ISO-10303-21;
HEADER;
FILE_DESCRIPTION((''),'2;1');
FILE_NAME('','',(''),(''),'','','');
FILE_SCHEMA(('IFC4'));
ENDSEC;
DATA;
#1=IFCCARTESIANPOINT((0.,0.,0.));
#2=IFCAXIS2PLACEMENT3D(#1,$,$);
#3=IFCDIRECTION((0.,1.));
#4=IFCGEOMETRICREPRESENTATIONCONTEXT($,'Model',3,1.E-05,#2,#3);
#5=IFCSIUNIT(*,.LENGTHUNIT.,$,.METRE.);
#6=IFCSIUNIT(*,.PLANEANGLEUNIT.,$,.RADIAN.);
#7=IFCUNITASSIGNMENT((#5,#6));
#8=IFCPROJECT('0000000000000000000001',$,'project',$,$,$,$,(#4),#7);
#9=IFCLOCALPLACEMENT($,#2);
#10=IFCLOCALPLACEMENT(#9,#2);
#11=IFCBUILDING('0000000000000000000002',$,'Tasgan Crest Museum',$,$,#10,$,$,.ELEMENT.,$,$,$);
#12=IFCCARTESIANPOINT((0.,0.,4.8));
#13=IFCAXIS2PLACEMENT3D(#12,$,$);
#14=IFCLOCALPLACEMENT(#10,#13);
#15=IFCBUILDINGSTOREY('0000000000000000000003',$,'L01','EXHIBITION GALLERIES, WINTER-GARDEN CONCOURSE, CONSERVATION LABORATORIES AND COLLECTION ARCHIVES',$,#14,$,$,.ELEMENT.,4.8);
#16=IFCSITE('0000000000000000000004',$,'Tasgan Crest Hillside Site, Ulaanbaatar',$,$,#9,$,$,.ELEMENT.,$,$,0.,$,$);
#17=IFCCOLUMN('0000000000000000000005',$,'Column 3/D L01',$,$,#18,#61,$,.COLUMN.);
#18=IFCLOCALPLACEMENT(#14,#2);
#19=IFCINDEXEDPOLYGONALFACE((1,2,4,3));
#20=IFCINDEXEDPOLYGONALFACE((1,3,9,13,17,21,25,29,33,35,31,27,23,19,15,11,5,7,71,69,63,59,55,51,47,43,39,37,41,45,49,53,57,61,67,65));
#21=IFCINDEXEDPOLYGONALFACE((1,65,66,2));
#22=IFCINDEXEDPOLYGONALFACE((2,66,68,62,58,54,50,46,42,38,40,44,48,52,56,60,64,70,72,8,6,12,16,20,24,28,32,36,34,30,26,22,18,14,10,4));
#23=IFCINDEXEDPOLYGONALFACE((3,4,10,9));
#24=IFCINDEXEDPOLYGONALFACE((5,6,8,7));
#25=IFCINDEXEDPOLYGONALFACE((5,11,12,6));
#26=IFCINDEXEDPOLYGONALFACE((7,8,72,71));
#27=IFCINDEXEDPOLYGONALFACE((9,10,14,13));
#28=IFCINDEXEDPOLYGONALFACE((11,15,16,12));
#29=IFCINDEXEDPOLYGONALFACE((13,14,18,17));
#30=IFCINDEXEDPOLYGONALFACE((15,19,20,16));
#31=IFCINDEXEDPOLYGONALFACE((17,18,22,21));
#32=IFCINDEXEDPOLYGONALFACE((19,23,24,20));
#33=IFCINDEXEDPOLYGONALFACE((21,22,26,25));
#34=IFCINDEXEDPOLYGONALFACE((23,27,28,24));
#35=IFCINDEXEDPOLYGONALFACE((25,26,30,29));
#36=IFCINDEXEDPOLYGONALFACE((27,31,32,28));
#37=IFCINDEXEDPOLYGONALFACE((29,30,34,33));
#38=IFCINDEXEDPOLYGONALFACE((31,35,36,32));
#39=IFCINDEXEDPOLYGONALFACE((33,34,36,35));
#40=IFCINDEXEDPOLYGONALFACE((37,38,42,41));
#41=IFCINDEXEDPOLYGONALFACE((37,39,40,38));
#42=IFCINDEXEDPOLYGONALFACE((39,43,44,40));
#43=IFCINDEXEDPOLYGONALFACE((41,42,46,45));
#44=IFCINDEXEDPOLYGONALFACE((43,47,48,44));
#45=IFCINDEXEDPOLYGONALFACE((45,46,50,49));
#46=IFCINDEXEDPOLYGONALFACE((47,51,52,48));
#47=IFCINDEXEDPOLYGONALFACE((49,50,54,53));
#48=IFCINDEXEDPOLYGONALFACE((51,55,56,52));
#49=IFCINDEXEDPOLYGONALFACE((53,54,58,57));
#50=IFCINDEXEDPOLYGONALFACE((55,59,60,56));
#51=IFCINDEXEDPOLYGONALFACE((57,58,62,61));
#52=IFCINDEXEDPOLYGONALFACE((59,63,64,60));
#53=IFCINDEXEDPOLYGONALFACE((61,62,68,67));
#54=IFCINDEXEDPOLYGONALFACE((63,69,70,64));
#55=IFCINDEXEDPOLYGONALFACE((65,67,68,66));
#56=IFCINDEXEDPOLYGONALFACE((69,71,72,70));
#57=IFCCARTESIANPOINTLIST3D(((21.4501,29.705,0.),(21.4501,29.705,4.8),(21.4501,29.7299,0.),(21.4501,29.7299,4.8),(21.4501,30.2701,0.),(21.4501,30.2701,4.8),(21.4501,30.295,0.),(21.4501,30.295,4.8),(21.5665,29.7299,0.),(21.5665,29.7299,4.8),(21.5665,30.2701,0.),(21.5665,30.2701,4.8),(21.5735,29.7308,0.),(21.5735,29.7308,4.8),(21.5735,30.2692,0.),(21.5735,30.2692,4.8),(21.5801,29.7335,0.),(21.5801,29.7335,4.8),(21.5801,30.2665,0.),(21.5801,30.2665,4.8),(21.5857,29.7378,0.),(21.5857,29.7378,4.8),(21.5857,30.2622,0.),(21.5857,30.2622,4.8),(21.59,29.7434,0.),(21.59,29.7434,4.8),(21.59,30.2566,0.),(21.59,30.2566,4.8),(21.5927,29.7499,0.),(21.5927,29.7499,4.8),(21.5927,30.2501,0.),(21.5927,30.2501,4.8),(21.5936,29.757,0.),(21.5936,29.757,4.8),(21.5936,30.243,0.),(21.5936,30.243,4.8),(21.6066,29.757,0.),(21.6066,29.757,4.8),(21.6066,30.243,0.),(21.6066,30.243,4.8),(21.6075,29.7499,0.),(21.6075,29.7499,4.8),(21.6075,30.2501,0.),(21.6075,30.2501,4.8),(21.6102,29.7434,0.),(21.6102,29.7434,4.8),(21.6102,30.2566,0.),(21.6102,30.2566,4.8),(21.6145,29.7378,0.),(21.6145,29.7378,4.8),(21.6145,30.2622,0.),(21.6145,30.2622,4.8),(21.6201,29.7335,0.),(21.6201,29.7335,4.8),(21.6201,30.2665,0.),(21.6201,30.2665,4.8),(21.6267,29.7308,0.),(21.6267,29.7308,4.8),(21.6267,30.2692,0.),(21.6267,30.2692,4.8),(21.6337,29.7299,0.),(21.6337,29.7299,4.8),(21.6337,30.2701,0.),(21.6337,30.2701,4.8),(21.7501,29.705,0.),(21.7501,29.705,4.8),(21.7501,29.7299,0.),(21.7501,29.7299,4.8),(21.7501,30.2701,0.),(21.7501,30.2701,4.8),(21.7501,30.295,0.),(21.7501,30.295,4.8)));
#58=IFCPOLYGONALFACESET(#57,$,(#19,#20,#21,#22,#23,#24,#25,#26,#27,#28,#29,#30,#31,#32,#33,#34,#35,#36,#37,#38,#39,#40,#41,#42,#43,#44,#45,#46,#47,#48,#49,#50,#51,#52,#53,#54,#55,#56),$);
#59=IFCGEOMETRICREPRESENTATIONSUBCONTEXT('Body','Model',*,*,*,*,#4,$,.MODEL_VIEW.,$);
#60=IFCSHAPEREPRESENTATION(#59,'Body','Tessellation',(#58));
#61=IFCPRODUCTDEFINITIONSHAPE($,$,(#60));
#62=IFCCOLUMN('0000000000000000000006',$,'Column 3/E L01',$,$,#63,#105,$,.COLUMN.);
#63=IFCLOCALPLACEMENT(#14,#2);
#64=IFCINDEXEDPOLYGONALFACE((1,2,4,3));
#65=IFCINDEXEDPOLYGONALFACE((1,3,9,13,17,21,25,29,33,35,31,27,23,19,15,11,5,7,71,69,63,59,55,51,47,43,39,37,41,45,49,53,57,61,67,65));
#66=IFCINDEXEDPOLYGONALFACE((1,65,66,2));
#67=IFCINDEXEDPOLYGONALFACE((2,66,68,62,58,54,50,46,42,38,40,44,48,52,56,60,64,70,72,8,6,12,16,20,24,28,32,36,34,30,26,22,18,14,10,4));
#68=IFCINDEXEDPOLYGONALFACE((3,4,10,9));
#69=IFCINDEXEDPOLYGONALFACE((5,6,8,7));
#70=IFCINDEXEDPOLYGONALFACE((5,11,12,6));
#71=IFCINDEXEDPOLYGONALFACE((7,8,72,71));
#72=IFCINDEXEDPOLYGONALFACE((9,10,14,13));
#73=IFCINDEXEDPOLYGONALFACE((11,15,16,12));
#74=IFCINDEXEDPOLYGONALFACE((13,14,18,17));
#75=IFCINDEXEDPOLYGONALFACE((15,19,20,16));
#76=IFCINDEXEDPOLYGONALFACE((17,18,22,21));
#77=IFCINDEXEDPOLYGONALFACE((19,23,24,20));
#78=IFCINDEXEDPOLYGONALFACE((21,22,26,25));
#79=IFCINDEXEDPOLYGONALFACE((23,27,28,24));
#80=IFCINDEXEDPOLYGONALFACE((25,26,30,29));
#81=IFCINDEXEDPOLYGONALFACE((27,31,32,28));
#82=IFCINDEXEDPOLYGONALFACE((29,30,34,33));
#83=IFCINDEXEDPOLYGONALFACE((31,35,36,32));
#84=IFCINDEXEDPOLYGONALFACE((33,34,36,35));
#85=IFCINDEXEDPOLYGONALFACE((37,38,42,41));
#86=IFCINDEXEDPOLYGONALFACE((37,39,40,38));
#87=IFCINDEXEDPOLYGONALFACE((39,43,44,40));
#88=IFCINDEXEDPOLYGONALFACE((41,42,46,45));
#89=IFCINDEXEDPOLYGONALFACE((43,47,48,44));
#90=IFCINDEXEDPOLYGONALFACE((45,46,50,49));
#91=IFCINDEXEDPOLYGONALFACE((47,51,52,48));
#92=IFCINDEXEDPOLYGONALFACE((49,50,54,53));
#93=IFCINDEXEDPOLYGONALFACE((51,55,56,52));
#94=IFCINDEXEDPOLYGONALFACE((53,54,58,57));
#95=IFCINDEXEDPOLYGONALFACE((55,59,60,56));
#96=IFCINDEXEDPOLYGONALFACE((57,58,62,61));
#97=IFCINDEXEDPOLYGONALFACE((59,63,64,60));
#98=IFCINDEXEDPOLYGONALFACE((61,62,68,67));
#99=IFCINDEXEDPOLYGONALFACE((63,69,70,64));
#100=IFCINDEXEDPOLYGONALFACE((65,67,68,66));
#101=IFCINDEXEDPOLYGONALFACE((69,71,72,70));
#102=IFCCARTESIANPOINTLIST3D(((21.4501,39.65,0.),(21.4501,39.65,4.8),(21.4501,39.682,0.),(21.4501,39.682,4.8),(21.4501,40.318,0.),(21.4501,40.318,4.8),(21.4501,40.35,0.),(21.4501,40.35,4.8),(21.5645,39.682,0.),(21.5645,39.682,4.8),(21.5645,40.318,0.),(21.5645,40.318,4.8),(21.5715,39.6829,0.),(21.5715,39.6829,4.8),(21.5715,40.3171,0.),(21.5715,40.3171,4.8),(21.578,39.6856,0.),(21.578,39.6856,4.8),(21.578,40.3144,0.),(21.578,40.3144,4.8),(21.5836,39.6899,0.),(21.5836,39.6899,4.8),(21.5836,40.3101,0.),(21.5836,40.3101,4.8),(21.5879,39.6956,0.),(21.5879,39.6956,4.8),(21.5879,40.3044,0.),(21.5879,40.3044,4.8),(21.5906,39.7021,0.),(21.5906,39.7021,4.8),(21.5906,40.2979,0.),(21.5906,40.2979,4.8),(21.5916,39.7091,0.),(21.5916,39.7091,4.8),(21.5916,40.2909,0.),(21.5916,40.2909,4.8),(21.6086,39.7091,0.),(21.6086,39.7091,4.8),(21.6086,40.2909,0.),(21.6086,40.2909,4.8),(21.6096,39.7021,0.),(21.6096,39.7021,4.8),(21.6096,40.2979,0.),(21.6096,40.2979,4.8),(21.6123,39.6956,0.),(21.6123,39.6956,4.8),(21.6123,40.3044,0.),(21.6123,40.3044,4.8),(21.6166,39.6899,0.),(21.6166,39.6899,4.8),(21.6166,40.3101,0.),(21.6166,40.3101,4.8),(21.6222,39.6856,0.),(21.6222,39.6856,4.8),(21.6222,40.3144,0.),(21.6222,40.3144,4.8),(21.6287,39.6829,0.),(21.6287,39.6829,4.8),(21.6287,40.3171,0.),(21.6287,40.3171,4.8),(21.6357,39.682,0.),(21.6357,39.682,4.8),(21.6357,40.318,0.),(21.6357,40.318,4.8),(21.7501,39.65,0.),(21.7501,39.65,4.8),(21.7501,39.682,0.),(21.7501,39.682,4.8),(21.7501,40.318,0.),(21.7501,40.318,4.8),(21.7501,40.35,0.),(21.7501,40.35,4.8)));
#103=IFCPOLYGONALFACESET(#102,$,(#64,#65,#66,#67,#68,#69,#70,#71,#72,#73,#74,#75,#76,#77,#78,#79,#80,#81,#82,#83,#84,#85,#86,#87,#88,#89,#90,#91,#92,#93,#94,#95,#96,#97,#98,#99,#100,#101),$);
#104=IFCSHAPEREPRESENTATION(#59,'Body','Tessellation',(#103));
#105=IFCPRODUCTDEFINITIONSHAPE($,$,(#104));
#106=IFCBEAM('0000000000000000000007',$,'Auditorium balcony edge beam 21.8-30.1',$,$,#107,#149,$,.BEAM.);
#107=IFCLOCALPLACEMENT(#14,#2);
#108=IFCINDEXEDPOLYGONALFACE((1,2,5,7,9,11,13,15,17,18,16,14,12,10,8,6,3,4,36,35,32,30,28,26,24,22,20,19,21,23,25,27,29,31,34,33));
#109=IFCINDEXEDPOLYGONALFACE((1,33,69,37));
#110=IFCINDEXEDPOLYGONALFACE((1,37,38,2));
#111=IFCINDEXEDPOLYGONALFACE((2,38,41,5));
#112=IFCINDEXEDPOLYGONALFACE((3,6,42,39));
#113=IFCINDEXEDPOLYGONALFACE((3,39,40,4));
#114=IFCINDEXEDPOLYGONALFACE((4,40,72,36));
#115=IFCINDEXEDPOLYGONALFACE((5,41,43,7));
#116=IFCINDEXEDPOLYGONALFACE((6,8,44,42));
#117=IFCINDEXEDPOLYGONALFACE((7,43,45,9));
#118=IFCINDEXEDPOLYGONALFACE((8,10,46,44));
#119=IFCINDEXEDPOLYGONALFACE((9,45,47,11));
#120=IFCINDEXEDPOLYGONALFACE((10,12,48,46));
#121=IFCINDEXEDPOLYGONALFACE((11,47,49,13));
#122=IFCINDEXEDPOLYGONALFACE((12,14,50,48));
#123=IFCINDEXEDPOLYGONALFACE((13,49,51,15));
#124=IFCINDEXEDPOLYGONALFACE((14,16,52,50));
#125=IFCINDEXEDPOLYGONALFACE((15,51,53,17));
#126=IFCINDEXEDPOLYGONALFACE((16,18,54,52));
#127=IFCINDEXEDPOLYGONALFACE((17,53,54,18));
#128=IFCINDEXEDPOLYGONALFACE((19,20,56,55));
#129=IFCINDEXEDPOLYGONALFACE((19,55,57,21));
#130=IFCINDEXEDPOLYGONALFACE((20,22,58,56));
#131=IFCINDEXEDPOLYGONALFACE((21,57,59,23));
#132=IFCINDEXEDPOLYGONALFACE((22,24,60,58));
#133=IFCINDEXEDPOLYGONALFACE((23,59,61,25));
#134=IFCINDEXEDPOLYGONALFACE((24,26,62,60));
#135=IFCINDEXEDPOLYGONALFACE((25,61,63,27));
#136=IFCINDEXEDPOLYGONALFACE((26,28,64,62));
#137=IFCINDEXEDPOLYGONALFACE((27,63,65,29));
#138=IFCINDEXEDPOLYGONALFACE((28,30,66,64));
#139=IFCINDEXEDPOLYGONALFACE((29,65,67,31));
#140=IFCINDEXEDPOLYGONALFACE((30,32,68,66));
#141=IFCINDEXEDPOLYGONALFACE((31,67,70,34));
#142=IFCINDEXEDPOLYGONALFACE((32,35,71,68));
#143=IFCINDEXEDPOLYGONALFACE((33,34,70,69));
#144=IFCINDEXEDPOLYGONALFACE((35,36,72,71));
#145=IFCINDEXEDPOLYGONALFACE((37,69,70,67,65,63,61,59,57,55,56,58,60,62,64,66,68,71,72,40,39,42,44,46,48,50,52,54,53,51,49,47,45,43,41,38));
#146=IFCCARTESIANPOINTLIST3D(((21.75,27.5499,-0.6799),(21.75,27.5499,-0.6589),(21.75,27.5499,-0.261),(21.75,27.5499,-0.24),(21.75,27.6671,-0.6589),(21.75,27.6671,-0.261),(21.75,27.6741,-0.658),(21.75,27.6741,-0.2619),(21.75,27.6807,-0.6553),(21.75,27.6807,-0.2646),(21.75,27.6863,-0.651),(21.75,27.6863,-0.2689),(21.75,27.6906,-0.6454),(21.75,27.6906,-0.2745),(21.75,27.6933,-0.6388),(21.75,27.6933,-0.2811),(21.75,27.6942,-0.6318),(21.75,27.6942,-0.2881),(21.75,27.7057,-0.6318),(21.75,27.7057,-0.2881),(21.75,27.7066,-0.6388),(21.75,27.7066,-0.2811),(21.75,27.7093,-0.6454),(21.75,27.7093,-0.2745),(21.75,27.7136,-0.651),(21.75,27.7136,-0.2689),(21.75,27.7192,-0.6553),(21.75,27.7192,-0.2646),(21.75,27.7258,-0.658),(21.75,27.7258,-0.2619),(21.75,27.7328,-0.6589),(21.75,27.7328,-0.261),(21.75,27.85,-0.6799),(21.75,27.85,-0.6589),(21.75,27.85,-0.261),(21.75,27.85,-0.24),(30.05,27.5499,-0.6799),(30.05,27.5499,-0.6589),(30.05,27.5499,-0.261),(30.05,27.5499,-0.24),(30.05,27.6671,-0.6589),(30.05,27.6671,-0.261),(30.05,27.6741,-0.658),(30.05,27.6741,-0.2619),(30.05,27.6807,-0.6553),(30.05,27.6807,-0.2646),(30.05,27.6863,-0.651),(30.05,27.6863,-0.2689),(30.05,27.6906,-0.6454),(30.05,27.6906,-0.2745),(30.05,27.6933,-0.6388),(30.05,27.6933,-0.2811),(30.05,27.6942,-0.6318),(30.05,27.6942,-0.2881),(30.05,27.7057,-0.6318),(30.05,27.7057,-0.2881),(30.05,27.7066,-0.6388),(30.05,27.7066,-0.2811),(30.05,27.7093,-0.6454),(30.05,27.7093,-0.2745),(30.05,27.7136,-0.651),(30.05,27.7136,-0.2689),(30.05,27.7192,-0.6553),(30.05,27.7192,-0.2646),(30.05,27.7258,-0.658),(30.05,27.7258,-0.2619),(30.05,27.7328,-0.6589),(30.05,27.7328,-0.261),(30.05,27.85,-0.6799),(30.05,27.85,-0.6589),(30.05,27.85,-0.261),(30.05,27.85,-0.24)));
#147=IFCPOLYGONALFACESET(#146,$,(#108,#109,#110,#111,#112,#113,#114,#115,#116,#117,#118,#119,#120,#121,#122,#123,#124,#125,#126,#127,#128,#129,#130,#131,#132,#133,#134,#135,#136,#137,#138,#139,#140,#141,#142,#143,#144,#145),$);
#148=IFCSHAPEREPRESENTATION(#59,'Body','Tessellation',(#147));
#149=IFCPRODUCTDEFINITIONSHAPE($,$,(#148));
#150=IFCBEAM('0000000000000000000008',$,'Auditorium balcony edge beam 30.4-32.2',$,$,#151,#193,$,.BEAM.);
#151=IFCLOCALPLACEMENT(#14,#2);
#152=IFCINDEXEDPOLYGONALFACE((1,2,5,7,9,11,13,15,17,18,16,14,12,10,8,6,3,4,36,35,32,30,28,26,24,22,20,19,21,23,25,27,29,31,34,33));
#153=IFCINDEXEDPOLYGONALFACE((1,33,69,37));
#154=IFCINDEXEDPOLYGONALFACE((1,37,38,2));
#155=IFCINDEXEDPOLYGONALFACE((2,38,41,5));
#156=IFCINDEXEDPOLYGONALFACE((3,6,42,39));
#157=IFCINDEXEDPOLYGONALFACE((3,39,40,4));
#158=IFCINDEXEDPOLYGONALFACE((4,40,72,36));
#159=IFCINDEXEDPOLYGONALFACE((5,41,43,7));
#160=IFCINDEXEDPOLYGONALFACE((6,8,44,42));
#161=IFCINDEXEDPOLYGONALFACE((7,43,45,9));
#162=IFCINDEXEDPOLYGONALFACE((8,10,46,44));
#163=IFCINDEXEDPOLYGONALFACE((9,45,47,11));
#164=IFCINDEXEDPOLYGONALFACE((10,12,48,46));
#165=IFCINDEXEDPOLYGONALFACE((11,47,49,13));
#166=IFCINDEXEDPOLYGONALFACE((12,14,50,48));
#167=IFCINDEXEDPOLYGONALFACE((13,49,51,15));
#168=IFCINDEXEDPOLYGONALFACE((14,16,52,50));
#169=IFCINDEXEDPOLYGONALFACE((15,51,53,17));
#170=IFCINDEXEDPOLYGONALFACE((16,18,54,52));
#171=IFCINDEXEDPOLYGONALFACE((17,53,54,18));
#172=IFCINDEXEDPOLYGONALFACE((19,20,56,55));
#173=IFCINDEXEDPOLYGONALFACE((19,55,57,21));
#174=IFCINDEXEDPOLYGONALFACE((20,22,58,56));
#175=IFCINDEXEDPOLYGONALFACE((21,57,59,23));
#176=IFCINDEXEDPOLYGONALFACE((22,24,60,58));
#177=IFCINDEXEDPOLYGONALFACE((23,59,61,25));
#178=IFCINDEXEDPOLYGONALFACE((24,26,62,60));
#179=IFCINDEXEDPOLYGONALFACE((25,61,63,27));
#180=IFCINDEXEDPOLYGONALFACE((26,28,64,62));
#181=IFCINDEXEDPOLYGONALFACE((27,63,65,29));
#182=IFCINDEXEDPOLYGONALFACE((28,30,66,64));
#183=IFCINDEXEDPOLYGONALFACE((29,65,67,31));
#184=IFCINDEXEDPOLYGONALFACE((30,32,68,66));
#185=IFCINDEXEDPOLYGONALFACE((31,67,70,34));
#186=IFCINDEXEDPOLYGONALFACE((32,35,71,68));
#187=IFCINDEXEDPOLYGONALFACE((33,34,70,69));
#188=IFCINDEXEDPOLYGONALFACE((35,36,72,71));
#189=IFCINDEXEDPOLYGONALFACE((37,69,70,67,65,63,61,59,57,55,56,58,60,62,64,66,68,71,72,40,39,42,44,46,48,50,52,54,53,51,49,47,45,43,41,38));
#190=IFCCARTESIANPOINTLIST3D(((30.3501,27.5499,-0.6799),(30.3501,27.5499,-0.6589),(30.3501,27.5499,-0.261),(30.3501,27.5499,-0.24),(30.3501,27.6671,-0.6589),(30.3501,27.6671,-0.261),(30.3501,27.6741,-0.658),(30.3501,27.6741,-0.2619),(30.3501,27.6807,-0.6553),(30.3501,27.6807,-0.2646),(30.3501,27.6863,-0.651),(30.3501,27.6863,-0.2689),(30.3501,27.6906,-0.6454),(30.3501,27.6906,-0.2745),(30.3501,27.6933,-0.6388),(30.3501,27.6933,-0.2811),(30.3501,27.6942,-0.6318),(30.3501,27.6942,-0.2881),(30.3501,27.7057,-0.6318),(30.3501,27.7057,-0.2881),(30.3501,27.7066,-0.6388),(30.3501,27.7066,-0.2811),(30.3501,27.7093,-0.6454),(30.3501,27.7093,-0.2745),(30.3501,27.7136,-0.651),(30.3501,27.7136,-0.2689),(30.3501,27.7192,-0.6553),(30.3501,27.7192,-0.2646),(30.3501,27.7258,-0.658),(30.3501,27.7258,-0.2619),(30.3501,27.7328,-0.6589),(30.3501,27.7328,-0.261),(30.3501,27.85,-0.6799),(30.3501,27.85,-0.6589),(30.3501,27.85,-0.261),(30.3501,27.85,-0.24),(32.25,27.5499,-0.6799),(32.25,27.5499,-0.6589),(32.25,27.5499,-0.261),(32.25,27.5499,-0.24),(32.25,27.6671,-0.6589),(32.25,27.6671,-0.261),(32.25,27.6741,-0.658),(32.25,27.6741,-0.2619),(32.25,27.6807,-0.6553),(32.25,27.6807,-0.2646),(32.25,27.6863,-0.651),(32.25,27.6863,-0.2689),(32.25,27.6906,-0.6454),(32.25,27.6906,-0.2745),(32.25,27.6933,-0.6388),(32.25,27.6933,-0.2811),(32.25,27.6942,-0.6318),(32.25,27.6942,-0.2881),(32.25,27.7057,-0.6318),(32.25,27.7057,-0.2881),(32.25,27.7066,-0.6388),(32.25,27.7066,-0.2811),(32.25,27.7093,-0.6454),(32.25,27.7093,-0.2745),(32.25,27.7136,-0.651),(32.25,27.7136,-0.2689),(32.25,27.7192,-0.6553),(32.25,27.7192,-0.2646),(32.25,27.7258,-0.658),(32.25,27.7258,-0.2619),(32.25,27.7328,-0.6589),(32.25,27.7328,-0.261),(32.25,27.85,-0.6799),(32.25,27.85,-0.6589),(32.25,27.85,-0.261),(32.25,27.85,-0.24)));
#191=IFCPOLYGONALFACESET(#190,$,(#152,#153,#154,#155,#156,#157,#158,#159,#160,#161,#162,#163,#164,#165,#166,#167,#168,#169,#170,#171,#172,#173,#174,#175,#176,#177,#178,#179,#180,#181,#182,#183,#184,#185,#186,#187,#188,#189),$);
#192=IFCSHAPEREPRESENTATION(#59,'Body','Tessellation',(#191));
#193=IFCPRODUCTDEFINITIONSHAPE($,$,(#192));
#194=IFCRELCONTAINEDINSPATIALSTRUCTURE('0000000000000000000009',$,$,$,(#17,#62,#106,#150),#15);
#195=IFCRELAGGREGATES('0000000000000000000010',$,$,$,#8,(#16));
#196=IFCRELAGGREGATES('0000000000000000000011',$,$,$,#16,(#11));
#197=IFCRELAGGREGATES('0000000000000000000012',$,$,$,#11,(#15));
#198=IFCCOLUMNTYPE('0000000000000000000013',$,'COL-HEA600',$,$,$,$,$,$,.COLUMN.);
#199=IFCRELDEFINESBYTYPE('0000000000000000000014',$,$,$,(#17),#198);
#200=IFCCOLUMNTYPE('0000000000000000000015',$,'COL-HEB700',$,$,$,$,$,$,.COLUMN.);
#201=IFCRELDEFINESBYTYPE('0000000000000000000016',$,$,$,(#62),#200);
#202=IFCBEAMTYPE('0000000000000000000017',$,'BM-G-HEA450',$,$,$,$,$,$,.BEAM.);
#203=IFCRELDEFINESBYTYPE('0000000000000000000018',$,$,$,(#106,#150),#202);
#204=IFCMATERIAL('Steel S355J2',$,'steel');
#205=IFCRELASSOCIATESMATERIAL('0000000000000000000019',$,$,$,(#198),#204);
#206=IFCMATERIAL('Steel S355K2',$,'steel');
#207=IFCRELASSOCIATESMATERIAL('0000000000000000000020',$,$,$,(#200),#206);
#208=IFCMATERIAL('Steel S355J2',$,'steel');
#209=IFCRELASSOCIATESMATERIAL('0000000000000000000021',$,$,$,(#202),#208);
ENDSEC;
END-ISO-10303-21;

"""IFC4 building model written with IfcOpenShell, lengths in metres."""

from ifc_helpers import new_model, si_unit, direction, frame, origin, origin_2d, place, context, subcontext, project, spatial, i_section, extrude, material, material_profile, profile_set, type_object, element, save


model = new_model("IFC4")

# Units and contexts
model_context = context("Model", 3, precision=1e-05, world=origin(), true_north=direction((0.0, 1.0)))
body_context = subcontext(model_context, "Body", "Model", "MODEL_VIEW")
ifc_project = project(units=[si_unit("LENGTHUNIT", "METRE"), si_unit("PLANEANGLEUNIT", "RADIAN")], contexts=[model_context])

# Site, building, storey
site_placement = place(None, origin())
site = spatial("IfcSite", under=ifc_project, at=site_placement, Name="Tasgan Crest Hillside Site, Ulaanbaatar", CompositionType="ELEMENT", RefElevation=0.0)
building_placement = place(site_placement, origin())
building = spatial("IfcBuilding", under=site, at=building_placement, Name="Tasgan Crest Museum", CompositionType="ELEMENT")
storey_placement = place(building_placement, frame((0.0, 0.0, 4.8)))
storey = spatial("IfcBuildingStorey", under=building, at=storey_placement, Name="L01", Description="EXHIBITION GALLERIES, WINTER-GARDEN CONCOURSE, CONSERVATION LABORATORIES AND COLLECTION ARCHIVES", CompositionType="ELEMENT", Elevation=4.8)

# Columns
ifc_material_1 = material(Name="Steel S355J2", Category="steel")
ifc_material_profile_1 = material_profile(ifc_material_1, i_section(OverallWidth=0.3, OverallDepth=0.5901, WebThickness=0.0129, FlangeThickness=0.0249, FilletRadius=0.0271, at=origin_2d()), Name="HEA 600")
ifc_profile_set_1 = profile_set([ifc_material_profile_1], Name="Steel S355J2")
column_type_1 = type_object("IfcColumnType", Name="COL-HEA600", PredefinedType="COLUMN", material=ifc_profile_set_1)
column_1_placement = place(storey_placement, frame((21.6001, 30.0, 0.0), z_axis=(0.0, 0.0, 1.0), x_axis=(1.0, 0.0, 0.0)))
element("IfcColumn", 1, at=column_1_placement, inside=storey, type_object=column_type_1, Name="Column 3/D L01", PredefinedType="COLUMN", context=body_context, shape_type="SweptSolid", body=[
    extrude(i_section(OverallWidth=0.3, OverallDepth=0.5901, WebThickness=0.0129, FlangeThickness=0.0249, FilletRadius=0.0271, at=origin_2d()), origin(), (0.0, 0.0, 1.0), 4.8),
])
ifc_material_2 = material(Name="Steel S355K2", Category="steel")
ifc_material_profile_2 = material_profile(ifc_material_2, i_section(OverallWidth=0.3, OverallDepth=0.7, WebThickness=0.0171, FlangeThickness=0.032, FilletRadius=0.0271, at=origin_2d()), Name="HEB 700")
ifc_profile_set_2 = profile_set([ifc_material_profile_2], Name="Steel S355K2")
column_type_2 = type_object("IfcColumnType", Name="COL-HEB700", PredefinedType="COLUMN", material=ifc_profile_set_2)
column_2_placement = place(storey_placement, frame((21.6001, 40.0, 0.0), z_axis=(0.0, 0.0, 1.0), x_axis=(1.0, 0.0, 0.0)))
element("IfcColumn", 2, at=column_2_placement, inside=storey, type_object=column_type_2, Name="Column 3/E L01", PredefinedType="COLUMN", context=body_context, shape_type="SweptSolid", body=[
    extrude(i_section(OverallWidth=0.3, OverallDepth=0.7, WebThickness=0.0171, FlangeThickness=0.032, FilletRadius=0.0271, at=origin_2d()), origin(), (0.0, 0.0, 1.0), 4.8),
])

# Beams
ifc_material_3 = material(Name="Steel S355J2", Category="steel")
ifc_material_profile_3 = material_profile(ifc_material_3, i_section(OverallWidth=0.3, OverallDepth=0.4399, WebThickness=0.0115, FlangeThickness=0.021, FilletRadius=0.0271, at=origin_2d()), Name="HEA 450")
ifc_profile_set_3 = profile_set([ifc_material_profile_3], Name="Steel S355J2")
beam_type_1 = type_object("IfcBeamType", Name="BM-G-HEA450", PredefinedType="BEAM", material=ifc_profile_set_3)
beam_1_placement = place(storey_placement, frame((21.75, 27.7, -0.46), z_axis=(1.0, 0.0, 0.0), x_axis=(0.0, 1.0, 0.0)))
element("IfcBeam", 3, at=beam_1_placement, inside=storey, type_object=beam_type_1, Name="Auditorium balcony edge beam 21.8-30.1", PredefinedType="BEAM", context=body_context, shape_type="SweptSolid", body=[
    extrude(i_section(OverallWidth=0.3, OverallDepth=0.4399, WebThickness=0.0115, FlangeThickness=0.021, FilletRadius=0.0271, at=origin_2d()), origin(), (0.0, 0.0, 1.0), 8.3),
])
beam_2_placement = place(storey_placement, frame((30.3501, 27.7, -0.46), z_axis=(1.0, 0.0, 0.0), x_axis=(0.0, 1.0, 0.0)))
element("IfcBeam", 4, at=beam_2_placement, inside=storey, type_object=beam_type_1, Name="Auditorium balcony edge beam 30.4-32.2", PredefinedType="BEAM", context=body_context, shape_type="SweptSolid", body=[
    extrude(i_section(OverallWidth=0.3, OverallDepth=0.4399, WebThickness=0.0115, FlangeThickness=0.021, FilletRadius=0.0271, at=origin_2d()), origin(), (0.0, 0.0, 1.0), 1.8999),
])

save(model, "model.ifc")
